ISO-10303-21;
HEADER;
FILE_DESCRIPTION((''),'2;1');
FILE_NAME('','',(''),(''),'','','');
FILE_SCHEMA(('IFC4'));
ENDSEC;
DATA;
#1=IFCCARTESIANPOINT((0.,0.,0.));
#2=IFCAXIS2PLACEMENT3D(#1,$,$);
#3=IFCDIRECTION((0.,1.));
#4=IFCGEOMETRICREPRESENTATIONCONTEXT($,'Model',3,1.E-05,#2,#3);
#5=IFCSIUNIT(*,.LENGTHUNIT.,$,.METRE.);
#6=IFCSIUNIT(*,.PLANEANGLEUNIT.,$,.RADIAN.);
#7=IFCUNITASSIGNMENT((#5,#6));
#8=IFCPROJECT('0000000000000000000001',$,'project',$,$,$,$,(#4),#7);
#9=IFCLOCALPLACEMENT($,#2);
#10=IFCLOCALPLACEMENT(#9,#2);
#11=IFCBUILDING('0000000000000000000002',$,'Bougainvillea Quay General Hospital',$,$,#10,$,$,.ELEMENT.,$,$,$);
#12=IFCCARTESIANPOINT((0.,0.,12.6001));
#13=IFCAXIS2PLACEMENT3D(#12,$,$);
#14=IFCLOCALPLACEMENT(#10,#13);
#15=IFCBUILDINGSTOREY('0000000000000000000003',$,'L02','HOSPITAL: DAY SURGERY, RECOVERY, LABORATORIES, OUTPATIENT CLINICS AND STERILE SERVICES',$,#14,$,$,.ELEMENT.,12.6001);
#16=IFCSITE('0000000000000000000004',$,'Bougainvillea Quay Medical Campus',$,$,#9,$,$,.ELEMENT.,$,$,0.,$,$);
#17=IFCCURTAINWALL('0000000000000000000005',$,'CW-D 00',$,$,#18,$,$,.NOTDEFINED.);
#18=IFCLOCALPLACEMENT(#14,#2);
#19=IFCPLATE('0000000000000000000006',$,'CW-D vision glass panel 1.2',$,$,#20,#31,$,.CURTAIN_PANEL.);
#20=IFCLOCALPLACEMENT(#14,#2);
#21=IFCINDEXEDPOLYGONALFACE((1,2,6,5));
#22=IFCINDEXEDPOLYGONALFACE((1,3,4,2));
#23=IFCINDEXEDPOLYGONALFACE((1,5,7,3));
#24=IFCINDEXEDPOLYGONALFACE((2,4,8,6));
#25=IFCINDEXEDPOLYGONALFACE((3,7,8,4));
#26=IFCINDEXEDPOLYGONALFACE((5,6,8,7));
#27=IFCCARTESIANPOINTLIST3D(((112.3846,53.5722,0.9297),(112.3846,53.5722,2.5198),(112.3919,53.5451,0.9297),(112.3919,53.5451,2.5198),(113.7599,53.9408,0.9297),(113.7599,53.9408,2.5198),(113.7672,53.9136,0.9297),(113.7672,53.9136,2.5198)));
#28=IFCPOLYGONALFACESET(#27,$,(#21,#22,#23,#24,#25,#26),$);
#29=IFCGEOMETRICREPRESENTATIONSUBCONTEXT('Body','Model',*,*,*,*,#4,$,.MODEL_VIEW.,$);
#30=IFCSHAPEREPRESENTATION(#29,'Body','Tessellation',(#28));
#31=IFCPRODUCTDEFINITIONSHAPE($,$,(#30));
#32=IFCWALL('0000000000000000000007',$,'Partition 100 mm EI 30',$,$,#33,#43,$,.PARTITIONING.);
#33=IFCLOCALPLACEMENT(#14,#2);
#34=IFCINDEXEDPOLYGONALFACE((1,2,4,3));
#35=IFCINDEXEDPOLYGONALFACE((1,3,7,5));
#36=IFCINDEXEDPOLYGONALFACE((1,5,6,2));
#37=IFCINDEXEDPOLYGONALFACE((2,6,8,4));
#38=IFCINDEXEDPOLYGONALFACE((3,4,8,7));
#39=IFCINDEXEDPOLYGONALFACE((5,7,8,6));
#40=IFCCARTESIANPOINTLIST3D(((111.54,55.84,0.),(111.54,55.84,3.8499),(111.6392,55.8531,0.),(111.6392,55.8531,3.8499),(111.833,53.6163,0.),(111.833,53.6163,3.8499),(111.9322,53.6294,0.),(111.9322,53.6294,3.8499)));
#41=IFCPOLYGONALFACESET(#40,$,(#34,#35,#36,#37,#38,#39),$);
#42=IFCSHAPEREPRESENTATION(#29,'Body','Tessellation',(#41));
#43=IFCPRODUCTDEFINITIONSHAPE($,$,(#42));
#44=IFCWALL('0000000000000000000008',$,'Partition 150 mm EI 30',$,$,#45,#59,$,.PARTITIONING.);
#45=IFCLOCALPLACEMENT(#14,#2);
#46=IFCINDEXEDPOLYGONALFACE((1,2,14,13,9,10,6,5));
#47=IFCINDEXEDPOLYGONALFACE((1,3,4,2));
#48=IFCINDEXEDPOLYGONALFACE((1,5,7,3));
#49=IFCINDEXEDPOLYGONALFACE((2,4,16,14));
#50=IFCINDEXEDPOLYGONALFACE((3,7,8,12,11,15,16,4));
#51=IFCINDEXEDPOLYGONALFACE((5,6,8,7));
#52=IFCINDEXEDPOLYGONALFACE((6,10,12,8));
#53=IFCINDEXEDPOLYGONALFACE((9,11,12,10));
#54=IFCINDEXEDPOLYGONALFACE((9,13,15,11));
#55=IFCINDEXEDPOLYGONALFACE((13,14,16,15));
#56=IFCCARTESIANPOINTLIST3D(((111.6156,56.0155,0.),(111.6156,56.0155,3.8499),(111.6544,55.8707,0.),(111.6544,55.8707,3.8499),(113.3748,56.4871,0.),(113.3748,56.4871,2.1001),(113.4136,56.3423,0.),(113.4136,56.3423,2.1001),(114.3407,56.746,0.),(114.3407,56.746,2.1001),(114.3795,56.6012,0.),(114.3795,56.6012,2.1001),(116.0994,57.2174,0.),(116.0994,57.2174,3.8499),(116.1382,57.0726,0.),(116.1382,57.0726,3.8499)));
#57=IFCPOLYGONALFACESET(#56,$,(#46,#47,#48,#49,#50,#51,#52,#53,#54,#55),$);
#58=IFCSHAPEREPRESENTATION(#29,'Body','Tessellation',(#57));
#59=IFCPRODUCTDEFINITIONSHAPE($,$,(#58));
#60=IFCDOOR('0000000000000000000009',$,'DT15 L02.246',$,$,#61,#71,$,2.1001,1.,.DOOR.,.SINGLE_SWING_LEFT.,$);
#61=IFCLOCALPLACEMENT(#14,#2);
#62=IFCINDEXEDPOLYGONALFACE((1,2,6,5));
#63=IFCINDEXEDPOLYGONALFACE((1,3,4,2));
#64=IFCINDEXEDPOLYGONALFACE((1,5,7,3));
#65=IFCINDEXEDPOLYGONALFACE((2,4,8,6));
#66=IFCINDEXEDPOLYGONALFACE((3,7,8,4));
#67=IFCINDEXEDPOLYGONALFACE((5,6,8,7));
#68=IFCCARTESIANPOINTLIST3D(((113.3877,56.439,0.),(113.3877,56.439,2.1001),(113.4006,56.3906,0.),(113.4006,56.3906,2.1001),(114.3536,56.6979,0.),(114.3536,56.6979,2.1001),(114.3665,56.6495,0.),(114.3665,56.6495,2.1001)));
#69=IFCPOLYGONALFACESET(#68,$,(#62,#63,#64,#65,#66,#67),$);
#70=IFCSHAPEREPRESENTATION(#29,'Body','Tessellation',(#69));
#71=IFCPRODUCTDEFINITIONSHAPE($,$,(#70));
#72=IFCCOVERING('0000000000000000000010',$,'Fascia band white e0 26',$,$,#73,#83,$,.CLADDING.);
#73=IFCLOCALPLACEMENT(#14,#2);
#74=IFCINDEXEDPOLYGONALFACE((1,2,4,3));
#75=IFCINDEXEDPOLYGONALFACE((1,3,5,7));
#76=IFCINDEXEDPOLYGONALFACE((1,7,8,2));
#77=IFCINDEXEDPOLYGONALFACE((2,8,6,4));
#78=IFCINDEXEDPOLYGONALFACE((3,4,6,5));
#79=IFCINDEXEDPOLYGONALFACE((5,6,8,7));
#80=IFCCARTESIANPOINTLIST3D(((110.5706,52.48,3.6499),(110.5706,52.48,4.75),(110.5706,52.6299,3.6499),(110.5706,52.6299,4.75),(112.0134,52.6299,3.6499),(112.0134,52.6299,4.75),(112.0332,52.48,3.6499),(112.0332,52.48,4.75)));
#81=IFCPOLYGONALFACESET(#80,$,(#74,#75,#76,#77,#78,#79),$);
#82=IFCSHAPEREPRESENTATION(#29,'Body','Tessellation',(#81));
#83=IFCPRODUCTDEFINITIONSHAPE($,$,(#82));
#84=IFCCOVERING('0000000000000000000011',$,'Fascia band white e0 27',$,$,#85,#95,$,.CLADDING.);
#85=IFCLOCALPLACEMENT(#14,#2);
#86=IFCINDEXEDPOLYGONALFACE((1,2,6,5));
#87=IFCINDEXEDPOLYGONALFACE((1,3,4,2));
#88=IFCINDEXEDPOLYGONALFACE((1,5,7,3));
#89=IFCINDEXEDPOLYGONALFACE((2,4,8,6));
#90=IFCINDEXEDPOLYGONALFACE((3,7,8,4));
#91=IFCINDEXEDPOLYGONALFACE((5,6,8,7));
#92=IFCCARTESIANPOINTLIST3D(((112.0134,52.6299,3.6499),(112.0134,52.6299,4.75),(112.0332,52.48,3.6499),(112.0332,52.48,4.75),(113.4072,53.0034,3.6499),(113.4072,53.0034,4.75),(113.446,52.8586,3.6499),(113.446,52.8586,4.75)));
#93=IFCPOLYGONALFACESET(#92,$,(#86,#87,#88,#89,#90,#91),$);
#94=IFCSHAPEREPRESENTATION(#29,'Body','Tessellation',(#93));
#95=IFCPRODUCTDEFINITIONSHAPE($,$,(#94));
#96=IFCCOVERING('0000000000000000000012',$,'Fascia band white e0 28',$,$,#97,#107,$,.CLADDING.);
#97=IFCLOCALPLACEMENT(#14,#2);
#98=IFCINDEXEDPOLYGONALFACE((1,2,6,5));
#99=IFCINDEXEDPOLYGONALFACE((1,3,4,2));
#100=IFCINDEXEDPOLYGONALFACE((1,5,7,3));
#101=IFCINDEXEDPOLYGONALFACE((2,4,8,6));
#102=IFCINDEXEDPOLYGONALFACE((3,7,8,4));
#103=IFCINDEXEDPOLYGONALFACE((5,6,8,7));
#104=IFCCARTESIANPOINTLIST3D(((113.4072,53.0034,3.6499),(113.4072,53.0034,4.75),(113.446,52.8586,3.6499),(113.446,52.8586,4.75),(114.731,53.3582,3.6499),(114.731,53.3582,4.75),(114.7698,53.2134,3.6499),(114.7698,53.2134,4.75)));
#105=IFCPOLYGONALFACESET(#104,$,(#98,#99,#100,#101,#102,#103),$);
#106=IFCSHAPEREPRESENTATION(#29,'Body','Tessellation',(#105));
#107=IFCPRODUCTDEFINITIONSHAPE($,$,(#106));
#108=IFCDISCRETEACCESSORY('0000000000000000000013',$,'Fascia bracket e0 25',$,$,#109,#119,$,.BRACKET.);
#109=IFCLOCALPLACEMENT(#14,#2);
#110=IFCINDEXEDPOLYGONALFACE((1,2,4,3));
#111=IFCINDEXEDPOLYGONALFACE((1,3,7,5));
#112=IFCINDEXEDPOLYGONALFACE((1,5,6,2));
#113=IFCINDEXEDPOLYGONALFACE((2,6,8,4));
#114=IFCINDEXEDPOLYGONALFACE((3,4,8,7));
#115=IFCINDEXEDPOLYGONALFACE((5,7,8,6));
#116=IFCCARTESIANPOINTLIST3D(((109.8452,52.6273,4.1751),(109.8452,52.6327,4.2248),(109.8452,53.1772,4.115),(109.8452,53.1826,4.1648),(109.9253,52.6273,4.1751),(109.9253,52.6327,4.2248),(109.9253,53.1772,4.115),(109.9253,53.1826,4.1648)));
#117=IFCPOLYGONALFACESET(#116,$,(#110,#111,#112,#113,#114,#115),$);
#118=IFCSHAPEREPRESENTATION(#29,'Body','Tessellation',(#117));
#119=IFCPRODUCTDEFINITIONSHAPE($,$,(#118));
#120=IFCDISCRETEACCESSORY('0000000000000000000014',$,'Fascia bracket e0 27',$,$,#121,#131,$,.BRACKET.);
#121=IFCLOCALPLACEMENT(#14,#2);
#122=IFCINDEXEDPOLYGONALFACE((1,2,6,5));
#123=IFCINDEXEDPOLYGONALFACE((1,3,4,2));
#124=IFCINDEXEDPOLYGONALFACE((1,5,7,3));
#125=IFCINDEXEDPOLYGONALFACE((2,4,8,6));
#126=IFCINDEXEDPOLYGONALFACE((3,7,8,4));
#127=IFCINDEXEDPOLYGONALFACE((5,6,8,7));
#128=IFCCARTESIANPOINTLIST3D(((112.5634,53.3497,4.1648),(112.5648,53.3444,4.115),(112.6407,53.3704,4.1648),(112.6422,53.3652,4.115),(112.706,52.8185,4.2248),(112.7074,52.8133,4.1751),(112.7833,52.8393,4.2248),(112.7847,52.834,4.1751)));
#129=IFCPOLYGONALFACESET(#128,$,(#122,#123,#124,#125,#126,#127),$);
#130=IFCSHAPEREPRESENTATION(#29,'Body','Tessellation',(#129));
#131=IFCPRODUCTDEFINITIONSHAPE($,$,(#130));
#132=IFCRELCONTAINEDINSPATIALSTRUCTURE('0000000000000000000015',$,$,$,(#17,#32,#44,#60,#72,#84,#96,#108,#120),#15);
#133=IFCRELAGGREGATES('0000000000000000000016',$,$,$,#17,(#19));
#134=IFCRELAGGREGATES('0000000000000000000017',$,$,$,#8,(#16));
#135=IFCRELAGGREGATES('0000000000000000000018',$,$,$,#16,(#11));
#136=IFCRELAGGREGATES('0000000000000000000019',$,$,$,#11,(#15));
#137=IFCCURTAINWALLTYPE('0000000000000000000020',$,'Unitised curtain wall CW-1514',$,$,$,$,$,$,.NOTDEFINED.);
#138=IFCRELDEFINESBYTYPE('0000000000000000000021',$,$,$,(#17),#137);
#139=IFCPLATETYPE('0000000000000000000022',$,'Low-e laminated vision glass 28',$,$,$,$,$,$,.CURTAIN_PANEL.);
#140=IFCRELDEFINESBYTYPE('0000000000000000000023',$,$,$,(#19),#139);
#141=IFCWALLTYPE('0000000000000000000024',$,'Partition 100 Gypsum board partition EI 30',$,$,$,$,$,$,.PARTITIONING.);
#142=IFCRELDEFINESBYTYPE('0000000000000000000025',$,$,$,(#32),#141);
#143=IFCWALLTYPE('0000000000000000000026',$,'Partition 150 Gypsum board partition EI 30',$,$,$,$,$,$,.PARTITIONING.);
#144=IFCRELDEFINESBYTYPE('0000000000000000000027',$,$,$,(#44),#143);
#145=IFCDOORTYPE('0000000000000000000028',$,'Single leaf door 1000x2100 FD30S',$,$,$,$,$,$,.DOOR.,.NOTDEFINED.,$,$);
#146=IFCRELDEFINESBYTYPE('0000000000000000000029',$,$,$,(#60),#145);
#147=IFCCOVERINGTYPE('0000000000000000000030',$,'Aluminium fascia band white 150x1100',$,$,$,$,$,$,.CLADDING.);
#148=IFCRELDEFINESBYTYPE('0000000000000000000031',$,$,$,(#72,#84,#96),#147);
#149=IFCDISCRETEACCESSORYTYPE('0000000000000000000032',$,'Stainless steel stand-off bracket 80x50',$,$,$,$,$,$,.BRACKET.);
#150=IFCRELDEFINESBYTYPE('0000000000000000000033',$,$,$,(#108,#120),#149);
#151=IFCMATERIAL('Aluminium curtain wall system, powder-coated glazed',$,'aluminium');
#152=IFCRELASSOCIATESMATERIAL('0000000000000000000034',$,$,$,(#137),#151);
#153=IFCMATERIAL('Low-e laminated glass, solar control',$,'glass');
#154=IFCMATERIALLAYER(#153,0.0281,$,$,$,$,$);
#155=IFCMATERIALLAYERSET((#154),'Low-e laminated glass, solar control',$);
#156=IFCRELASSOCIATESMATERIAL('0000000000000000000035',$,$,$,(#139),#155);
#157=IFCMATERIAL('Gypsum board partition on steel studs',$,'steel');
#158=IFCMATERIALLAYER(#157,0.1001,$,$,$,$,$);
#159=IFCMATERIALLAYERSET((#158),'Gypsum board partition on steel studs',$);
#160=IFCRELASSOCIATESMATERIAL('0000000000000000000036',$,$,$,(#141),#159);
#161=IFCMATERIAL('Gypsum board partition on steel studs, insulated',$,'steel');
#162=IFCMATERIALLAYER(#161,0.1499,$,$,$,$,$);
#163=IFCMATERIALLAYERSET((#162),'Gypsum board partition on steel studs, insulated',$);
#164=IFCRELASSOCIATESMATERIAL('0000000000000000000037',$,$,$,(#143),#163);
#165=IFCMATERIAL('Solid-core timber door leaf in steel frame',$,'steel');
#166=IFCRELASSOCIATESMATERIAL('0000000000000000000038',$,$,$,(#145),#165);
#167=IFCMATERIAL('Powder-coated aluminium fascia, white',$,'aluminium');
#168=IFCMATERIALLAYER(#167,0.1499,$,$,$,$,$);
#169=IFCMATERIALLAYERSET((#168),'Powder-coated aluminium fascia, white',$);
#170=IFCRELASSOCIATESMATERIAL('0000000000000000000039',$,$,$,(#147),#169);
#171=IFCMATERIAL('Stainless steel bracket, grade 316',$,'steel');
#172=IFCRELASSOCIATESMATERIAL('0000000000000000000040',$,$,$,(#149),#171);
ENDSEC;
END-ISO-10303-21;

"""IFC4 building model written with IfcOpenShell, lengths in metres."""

from ifc_helpers import new_model, si_unit, direction, frame, frame_2d, origin, origin_2d, place, context, subcontext, project, spatial, polyline, rectangle, outline, extrude, material, layer, layer_set, material_profile, profile_set, type_object, element, fill, aggregate, save


model = new_model("IFC4")

# Units and contexts
model_context = context("Model", 3, precision=1e-05, world=origin(), true_north=direction((0.0, 1.0)))
body_context = subcontext(model_context, "Body", "Model", "MODEL_VIEW")
ifc_project = project(units=[si_unit("LENGTHUNIT", "METRE"), si_unit("PLANEANGLEUNIT", "RADIAN")], contexts=[model_context])

# Site, building, storey
site_placement = place(None, origin())
site = spatial("IfcSite", under=ifc_project, at=site_placement, Name="Bougainvillea Quay Medical Campus", CompositionType="ELEMENT", RefElevation=0.0)
building_placement = place(site_placement, origin())
building = spatial("IfcBuilding", under=site, at=building_placement, Name="Bougainvillea Quay General Hospital", CompositionType="ELEMENT")
storey_placement = place(building_placement, frame((0.0, 0.0, 12.6001)))
storey = spatial("IfcBuildingStorey", under=building, at=storey_placement, Name="L02", Description="HOSPITAL: DAY SURGERY, RECOVERY, LABORATORIES, OUTPATIENT CLINICS AND STERILE SERVICES", CompositionType="ELEMENT", Elevation=12.6001)

# Curtain wall
ifc_material_1 = material(Name="Aluminium curtain wall system, powder-coated glazed", Category="aluminium")
curtain_wall_type = type_object("IfcCurtainWallType", Name="Unitised curtain wall CW-1514", PredefinedType="NOTDEFINED", material=ifc_material_1)
curtain_wall_1_placement = place(storey_placement, origin())
curtain_wall_1 = element("IfcCurtainWall", 1, at=curtain_wall_1_placement, inside=storey, type_object=curtain_wall_type, Name="CW-D 00", PredefinedType="NOTDEFINED")

# Plate
ifc_material_2 = material(Name="Low-e laminated glass, solar control", Category="glass")
ifc_layer_1 = layer(ifc_material_2, 0.0281)
ifc_layer_set_1 = layer_set([ifc_layer_1], Name="Low-e laminated glass, solar control")
plate_type_1 = type_object("IfcPlateType", Name="Low-e laminated vision glass 28", PredefinedType="CURTAIN_PANEL", material=ifc_layer_set_1)
plate_1_placement = place(storey_placement, frame((113.0759, 53.7429, 0.9297), z_axis=(0.0, 0.0, 1.0), x_axis=(0.965916, 0.258855, 0.0)))
plate_1 = element("IfcPlate", 2, at=plate_1_placement, type_object=plate_type_1, Name="CW-D vision glass panel 1.2", PredefinedType="CURTAIN_PANEL", context=body_context, shape_type="SweptSolid", body=[
    extrude(rectangle(XDim=1.4238, YDim=0.0281, at=origin_2d()), origin(), (0.0, 0.0, 1.0), 1.5901),
])
aggregate(curtain_wall_1, [plate_1])

# Wall
ifc_material_3 = material(Name="Gypsum board partition on steel studs", Category="steel")
ifc_layer_2 = layer(ifc_material_3, 0.1001)
ifc_layer_set_2 = layer_set([ifc_layer_2], Name="Gypsum board partition on steel studs")
wall_type_1 = type_object("IfcWallType", Name="Partition 100 Gypsum board partition EI 30", PredefinedType="PARTITIONING", material=ifc_layer_set_2)
wall_1_placement = place(storey_placement, frame((111.5896, 55.8467, 0.0), z_axis=(0.0, 0.0, 1.0), x_axis=(0.130623, -0.991432, 0.0)))
element("IfcWall", 3, at=wall_1_placement, inside=storey, type_object=wall_type_1, Name="Partition 100 mm EI 30", PredefinedType="PARTITIONING", context=body_context, shape_type="SweptSolid", body=[
    extrude(rectangle(XDim=2.2429, YDim=0.1001, at=frame_2d((1.1216, 0.0))), origin(), (0.0, 0.0, 1.0), 3.8499),
])

# Wall, opening, door
ifc_material_4 = material(Name="Gypsum board partition on steel studs, insulated", Category="steel")
ifc_layer_3 = layer(ifc_material_4, 0.1499)
ifc_layer_set_3 = layer_set([ifc_layer_3], Name="Gypsum board partition on steel studs, insulated")
wall_type_2 = type_object("IfcWallType", Name="Partition 150 Gypsum board partition EI 30", PredefinedType="PARTITIONING", material=ifc_layer_set_3)
wall_2_placement = place(storey_placement, frame((111.635, 55.9431, 0.0), z_axis=(0.0, 0.0, 1.0), x_axis=(0.965902, 0.25891, 0.0)))
wall_2 = element("IfcWall", 4, at=wall_2_placement, inside=storey, type_object=wall_type_2, Name="Partition 150 mm EI 30", PredefinedType="PARTITIONING", context=body_context, shape_type="SweptSolid", body=[
    extrude(rectangle(XDim=4.6421, YDim=0.1499, at=frame_2d((2.321, 0.0))), origin(), (0.0, 0.0, 1.0), 3.8499),
])
opening_placement = place(wall_2_placement, frame((1.8213, 0.0, 0.0)))
opening = element("IfcOpeningElement", 5, at=opening_placement, cuts=wall_2, PredefinedType="OPENING", context=body_context, shape_type="SweptSolid", body=[
    extrude(rectangle(XDim=1.0, YDim=2.1001, at=frame_2d((0.5, 1.05))), frame((0.0, 0.085, 0.0), z_axis=(0.0, -1.0, 0.0), x_axis=(1.0, 0.0, 0.0)), (0.0, 0.0, 1.0), 0.1699),
])
ifc_material_5 = material(Name="Solid-core timber door leaf in steel frame", Category="steel")
door_type = type_object("IfcDoorType", Name="Single leaf door 1000x2100 FD30S", OperationType="NOTDEFINED", PredefinedType="DOOR", material=ifc_material_5)
door_placement = place(opening_placement, frame((1.0, 0.0, 0.0), z_axis=(0.0, 0.0, 1.0), x_axis=(-1.0, 0.0, 0.0)))
door = element("IfcDoor", 6, at=door_placement, inside=storey, type_object=door_type, Name="DT15 L02.246", OperationType="SINGLE_SWING_LEFT", OverallHeight=2.1001, OverallWidth=1.0, PredefinedType="DOOR", context=body_context, shape_type="SweptSolid", body=[
    extrude(rectangle(XDim=1.0, YDim=2.1001, at=frame_2d((0.5, 1.05))), frame((0.0, 0.0249, 0.0), z_axis=(0.0, -1.0, 0.0), x_axis=(1.0, 0.0, 0.0)), (0.0, 0.0, 1.0), 0.05),
])
fill(opening, door)

# Coverings
ifc_material_6 = material(Name="Powder-coated aluminium fascia, white", Category="aluminium")
ifc_layer_4 = layer(ifc_material_6, 0.1499)
ifc_layer_set_4 = layer_set([ifc_layer_4], Name="Powder-coated aluminium fascia, white")
covering_type = type_object("IfcCoveringType", Name="Aluminium fascia band white 150x1100", PredefinedType="CLADDING", material=ifc_layer_set_4)
covering_1_placement = place(storey_placement, frame((110.5706, 52.6299, 3.6499), z_axis=(0.0, 0.0, 1.0), x_axis=(1.0, 0.0, 0.0)))
element("IfcCovering", 7, at=covering_1_placement, inside=storey, type_object=covering_type, Name="Fascia band white e0 26", PredefinedType="CLADDING", context=body_context, shape_type="SweptSolid", body=[
    extrude(outline(polyline([(0.0, 0.0), (1.4429, 0.0), (1.4626, -0.1499), (0.0, -0.1499), (0.0, 0.0)])), origin(), (0.0, 0.0, 1.0), 1.1001),
])
covering_2_placement = place(storey_placement, frame((112.0134, 52.6299, 3.6499), z_axis=(0.0, 0.0, 1.0), x_axis=(0.965914, 0.258863, 0.0)))
element("IfcCovering", 8, at=covering_2_placement, inside=storey, type_object=covering_type, Name="Fascia band white e0 27", PredefinedType="CLADDING", context=body_context, shape_type="SweptSolid", body=[
    extrude(outline(polyline([(0.0, 0.0), (1.443, 0.0), (1.443, -0.1499), (-0.0197, -0.1499), (0.0, 0.0)])), origin(), (0.0, 0.0, 1.0), 1.1001),
])
covering_3_placement = place(storey_placement, frame((113.4072, 53.0034, 3.6499), z_axis=(0.0, 0.0, 1.0), x_axis=(0.965918, 0.258849, 0.0)))
element("IfcCovering", 9, at=covering_3_placement, inside=storey, type_object=covering_type, Name="Fascia band white e0 28", PredefinedType="CLADDING", context=body_context, shape_type="SweptSolid", body=[
    extrude(outline(polyline([(0.0, 0.0), (1.3704, 0.0), (1.3705, -0.1499), (0.0, -0.1499), (0.0, 0.0)])), origin(), (0.0, 0.0, 1.0), 1.1001),
])

# Discrete accessories
ifc_material_7 = material(Name="Stainless steel bracket, grade 316", Category="steel")
ifc_material_profile_1 = material_profile(ifc_material_7, rectangle(XDim=0.0801, YDim=0.05, at=origin_2d()))
ifc_profile_set_1 = profile_set([ifc_material_profile_1], Name="Stainless steel bracket, grade 316")
discrete_accessory_type = type_object("IfcDiscreteAccessoryType", Name="Stainless steel stand-off bracket 80x50", PredefinedType="BRACKET", material=ifc_profile_set_1)
for number, where, z_axis, x_axis, name in (
    (10, (109.8853, 53.1799, 4.1399), (0.0, -0.994092, 0.108543), (1.0, 0.0, 0.0), "Fascia bracket e0 25"),
    (11, (112.6028, 53.3574, 4.1399), (0.257678, -0.960115, 0.108542), (0.965821, 0.259209, 0.0), "Fascia bracket e0 27"),
):
    element("IfcDiscreteAccessory", number, at=place(storey_placement, frame(where, z_axis=z_axis, x_axis=x_axis)), inside=storey, type_object=discrete_accessory_type, Name=name, PredefinedType="BRACKET", context=body_context, shape_type="SweptSolid", body=[
        extrude(rectangle(XDim=0.0801, YDim=0.05, at=origin_2d()), origin(), (0.0, 0.0, 1.0), 0.5532),
    ])

save(model, "model.ifc")
